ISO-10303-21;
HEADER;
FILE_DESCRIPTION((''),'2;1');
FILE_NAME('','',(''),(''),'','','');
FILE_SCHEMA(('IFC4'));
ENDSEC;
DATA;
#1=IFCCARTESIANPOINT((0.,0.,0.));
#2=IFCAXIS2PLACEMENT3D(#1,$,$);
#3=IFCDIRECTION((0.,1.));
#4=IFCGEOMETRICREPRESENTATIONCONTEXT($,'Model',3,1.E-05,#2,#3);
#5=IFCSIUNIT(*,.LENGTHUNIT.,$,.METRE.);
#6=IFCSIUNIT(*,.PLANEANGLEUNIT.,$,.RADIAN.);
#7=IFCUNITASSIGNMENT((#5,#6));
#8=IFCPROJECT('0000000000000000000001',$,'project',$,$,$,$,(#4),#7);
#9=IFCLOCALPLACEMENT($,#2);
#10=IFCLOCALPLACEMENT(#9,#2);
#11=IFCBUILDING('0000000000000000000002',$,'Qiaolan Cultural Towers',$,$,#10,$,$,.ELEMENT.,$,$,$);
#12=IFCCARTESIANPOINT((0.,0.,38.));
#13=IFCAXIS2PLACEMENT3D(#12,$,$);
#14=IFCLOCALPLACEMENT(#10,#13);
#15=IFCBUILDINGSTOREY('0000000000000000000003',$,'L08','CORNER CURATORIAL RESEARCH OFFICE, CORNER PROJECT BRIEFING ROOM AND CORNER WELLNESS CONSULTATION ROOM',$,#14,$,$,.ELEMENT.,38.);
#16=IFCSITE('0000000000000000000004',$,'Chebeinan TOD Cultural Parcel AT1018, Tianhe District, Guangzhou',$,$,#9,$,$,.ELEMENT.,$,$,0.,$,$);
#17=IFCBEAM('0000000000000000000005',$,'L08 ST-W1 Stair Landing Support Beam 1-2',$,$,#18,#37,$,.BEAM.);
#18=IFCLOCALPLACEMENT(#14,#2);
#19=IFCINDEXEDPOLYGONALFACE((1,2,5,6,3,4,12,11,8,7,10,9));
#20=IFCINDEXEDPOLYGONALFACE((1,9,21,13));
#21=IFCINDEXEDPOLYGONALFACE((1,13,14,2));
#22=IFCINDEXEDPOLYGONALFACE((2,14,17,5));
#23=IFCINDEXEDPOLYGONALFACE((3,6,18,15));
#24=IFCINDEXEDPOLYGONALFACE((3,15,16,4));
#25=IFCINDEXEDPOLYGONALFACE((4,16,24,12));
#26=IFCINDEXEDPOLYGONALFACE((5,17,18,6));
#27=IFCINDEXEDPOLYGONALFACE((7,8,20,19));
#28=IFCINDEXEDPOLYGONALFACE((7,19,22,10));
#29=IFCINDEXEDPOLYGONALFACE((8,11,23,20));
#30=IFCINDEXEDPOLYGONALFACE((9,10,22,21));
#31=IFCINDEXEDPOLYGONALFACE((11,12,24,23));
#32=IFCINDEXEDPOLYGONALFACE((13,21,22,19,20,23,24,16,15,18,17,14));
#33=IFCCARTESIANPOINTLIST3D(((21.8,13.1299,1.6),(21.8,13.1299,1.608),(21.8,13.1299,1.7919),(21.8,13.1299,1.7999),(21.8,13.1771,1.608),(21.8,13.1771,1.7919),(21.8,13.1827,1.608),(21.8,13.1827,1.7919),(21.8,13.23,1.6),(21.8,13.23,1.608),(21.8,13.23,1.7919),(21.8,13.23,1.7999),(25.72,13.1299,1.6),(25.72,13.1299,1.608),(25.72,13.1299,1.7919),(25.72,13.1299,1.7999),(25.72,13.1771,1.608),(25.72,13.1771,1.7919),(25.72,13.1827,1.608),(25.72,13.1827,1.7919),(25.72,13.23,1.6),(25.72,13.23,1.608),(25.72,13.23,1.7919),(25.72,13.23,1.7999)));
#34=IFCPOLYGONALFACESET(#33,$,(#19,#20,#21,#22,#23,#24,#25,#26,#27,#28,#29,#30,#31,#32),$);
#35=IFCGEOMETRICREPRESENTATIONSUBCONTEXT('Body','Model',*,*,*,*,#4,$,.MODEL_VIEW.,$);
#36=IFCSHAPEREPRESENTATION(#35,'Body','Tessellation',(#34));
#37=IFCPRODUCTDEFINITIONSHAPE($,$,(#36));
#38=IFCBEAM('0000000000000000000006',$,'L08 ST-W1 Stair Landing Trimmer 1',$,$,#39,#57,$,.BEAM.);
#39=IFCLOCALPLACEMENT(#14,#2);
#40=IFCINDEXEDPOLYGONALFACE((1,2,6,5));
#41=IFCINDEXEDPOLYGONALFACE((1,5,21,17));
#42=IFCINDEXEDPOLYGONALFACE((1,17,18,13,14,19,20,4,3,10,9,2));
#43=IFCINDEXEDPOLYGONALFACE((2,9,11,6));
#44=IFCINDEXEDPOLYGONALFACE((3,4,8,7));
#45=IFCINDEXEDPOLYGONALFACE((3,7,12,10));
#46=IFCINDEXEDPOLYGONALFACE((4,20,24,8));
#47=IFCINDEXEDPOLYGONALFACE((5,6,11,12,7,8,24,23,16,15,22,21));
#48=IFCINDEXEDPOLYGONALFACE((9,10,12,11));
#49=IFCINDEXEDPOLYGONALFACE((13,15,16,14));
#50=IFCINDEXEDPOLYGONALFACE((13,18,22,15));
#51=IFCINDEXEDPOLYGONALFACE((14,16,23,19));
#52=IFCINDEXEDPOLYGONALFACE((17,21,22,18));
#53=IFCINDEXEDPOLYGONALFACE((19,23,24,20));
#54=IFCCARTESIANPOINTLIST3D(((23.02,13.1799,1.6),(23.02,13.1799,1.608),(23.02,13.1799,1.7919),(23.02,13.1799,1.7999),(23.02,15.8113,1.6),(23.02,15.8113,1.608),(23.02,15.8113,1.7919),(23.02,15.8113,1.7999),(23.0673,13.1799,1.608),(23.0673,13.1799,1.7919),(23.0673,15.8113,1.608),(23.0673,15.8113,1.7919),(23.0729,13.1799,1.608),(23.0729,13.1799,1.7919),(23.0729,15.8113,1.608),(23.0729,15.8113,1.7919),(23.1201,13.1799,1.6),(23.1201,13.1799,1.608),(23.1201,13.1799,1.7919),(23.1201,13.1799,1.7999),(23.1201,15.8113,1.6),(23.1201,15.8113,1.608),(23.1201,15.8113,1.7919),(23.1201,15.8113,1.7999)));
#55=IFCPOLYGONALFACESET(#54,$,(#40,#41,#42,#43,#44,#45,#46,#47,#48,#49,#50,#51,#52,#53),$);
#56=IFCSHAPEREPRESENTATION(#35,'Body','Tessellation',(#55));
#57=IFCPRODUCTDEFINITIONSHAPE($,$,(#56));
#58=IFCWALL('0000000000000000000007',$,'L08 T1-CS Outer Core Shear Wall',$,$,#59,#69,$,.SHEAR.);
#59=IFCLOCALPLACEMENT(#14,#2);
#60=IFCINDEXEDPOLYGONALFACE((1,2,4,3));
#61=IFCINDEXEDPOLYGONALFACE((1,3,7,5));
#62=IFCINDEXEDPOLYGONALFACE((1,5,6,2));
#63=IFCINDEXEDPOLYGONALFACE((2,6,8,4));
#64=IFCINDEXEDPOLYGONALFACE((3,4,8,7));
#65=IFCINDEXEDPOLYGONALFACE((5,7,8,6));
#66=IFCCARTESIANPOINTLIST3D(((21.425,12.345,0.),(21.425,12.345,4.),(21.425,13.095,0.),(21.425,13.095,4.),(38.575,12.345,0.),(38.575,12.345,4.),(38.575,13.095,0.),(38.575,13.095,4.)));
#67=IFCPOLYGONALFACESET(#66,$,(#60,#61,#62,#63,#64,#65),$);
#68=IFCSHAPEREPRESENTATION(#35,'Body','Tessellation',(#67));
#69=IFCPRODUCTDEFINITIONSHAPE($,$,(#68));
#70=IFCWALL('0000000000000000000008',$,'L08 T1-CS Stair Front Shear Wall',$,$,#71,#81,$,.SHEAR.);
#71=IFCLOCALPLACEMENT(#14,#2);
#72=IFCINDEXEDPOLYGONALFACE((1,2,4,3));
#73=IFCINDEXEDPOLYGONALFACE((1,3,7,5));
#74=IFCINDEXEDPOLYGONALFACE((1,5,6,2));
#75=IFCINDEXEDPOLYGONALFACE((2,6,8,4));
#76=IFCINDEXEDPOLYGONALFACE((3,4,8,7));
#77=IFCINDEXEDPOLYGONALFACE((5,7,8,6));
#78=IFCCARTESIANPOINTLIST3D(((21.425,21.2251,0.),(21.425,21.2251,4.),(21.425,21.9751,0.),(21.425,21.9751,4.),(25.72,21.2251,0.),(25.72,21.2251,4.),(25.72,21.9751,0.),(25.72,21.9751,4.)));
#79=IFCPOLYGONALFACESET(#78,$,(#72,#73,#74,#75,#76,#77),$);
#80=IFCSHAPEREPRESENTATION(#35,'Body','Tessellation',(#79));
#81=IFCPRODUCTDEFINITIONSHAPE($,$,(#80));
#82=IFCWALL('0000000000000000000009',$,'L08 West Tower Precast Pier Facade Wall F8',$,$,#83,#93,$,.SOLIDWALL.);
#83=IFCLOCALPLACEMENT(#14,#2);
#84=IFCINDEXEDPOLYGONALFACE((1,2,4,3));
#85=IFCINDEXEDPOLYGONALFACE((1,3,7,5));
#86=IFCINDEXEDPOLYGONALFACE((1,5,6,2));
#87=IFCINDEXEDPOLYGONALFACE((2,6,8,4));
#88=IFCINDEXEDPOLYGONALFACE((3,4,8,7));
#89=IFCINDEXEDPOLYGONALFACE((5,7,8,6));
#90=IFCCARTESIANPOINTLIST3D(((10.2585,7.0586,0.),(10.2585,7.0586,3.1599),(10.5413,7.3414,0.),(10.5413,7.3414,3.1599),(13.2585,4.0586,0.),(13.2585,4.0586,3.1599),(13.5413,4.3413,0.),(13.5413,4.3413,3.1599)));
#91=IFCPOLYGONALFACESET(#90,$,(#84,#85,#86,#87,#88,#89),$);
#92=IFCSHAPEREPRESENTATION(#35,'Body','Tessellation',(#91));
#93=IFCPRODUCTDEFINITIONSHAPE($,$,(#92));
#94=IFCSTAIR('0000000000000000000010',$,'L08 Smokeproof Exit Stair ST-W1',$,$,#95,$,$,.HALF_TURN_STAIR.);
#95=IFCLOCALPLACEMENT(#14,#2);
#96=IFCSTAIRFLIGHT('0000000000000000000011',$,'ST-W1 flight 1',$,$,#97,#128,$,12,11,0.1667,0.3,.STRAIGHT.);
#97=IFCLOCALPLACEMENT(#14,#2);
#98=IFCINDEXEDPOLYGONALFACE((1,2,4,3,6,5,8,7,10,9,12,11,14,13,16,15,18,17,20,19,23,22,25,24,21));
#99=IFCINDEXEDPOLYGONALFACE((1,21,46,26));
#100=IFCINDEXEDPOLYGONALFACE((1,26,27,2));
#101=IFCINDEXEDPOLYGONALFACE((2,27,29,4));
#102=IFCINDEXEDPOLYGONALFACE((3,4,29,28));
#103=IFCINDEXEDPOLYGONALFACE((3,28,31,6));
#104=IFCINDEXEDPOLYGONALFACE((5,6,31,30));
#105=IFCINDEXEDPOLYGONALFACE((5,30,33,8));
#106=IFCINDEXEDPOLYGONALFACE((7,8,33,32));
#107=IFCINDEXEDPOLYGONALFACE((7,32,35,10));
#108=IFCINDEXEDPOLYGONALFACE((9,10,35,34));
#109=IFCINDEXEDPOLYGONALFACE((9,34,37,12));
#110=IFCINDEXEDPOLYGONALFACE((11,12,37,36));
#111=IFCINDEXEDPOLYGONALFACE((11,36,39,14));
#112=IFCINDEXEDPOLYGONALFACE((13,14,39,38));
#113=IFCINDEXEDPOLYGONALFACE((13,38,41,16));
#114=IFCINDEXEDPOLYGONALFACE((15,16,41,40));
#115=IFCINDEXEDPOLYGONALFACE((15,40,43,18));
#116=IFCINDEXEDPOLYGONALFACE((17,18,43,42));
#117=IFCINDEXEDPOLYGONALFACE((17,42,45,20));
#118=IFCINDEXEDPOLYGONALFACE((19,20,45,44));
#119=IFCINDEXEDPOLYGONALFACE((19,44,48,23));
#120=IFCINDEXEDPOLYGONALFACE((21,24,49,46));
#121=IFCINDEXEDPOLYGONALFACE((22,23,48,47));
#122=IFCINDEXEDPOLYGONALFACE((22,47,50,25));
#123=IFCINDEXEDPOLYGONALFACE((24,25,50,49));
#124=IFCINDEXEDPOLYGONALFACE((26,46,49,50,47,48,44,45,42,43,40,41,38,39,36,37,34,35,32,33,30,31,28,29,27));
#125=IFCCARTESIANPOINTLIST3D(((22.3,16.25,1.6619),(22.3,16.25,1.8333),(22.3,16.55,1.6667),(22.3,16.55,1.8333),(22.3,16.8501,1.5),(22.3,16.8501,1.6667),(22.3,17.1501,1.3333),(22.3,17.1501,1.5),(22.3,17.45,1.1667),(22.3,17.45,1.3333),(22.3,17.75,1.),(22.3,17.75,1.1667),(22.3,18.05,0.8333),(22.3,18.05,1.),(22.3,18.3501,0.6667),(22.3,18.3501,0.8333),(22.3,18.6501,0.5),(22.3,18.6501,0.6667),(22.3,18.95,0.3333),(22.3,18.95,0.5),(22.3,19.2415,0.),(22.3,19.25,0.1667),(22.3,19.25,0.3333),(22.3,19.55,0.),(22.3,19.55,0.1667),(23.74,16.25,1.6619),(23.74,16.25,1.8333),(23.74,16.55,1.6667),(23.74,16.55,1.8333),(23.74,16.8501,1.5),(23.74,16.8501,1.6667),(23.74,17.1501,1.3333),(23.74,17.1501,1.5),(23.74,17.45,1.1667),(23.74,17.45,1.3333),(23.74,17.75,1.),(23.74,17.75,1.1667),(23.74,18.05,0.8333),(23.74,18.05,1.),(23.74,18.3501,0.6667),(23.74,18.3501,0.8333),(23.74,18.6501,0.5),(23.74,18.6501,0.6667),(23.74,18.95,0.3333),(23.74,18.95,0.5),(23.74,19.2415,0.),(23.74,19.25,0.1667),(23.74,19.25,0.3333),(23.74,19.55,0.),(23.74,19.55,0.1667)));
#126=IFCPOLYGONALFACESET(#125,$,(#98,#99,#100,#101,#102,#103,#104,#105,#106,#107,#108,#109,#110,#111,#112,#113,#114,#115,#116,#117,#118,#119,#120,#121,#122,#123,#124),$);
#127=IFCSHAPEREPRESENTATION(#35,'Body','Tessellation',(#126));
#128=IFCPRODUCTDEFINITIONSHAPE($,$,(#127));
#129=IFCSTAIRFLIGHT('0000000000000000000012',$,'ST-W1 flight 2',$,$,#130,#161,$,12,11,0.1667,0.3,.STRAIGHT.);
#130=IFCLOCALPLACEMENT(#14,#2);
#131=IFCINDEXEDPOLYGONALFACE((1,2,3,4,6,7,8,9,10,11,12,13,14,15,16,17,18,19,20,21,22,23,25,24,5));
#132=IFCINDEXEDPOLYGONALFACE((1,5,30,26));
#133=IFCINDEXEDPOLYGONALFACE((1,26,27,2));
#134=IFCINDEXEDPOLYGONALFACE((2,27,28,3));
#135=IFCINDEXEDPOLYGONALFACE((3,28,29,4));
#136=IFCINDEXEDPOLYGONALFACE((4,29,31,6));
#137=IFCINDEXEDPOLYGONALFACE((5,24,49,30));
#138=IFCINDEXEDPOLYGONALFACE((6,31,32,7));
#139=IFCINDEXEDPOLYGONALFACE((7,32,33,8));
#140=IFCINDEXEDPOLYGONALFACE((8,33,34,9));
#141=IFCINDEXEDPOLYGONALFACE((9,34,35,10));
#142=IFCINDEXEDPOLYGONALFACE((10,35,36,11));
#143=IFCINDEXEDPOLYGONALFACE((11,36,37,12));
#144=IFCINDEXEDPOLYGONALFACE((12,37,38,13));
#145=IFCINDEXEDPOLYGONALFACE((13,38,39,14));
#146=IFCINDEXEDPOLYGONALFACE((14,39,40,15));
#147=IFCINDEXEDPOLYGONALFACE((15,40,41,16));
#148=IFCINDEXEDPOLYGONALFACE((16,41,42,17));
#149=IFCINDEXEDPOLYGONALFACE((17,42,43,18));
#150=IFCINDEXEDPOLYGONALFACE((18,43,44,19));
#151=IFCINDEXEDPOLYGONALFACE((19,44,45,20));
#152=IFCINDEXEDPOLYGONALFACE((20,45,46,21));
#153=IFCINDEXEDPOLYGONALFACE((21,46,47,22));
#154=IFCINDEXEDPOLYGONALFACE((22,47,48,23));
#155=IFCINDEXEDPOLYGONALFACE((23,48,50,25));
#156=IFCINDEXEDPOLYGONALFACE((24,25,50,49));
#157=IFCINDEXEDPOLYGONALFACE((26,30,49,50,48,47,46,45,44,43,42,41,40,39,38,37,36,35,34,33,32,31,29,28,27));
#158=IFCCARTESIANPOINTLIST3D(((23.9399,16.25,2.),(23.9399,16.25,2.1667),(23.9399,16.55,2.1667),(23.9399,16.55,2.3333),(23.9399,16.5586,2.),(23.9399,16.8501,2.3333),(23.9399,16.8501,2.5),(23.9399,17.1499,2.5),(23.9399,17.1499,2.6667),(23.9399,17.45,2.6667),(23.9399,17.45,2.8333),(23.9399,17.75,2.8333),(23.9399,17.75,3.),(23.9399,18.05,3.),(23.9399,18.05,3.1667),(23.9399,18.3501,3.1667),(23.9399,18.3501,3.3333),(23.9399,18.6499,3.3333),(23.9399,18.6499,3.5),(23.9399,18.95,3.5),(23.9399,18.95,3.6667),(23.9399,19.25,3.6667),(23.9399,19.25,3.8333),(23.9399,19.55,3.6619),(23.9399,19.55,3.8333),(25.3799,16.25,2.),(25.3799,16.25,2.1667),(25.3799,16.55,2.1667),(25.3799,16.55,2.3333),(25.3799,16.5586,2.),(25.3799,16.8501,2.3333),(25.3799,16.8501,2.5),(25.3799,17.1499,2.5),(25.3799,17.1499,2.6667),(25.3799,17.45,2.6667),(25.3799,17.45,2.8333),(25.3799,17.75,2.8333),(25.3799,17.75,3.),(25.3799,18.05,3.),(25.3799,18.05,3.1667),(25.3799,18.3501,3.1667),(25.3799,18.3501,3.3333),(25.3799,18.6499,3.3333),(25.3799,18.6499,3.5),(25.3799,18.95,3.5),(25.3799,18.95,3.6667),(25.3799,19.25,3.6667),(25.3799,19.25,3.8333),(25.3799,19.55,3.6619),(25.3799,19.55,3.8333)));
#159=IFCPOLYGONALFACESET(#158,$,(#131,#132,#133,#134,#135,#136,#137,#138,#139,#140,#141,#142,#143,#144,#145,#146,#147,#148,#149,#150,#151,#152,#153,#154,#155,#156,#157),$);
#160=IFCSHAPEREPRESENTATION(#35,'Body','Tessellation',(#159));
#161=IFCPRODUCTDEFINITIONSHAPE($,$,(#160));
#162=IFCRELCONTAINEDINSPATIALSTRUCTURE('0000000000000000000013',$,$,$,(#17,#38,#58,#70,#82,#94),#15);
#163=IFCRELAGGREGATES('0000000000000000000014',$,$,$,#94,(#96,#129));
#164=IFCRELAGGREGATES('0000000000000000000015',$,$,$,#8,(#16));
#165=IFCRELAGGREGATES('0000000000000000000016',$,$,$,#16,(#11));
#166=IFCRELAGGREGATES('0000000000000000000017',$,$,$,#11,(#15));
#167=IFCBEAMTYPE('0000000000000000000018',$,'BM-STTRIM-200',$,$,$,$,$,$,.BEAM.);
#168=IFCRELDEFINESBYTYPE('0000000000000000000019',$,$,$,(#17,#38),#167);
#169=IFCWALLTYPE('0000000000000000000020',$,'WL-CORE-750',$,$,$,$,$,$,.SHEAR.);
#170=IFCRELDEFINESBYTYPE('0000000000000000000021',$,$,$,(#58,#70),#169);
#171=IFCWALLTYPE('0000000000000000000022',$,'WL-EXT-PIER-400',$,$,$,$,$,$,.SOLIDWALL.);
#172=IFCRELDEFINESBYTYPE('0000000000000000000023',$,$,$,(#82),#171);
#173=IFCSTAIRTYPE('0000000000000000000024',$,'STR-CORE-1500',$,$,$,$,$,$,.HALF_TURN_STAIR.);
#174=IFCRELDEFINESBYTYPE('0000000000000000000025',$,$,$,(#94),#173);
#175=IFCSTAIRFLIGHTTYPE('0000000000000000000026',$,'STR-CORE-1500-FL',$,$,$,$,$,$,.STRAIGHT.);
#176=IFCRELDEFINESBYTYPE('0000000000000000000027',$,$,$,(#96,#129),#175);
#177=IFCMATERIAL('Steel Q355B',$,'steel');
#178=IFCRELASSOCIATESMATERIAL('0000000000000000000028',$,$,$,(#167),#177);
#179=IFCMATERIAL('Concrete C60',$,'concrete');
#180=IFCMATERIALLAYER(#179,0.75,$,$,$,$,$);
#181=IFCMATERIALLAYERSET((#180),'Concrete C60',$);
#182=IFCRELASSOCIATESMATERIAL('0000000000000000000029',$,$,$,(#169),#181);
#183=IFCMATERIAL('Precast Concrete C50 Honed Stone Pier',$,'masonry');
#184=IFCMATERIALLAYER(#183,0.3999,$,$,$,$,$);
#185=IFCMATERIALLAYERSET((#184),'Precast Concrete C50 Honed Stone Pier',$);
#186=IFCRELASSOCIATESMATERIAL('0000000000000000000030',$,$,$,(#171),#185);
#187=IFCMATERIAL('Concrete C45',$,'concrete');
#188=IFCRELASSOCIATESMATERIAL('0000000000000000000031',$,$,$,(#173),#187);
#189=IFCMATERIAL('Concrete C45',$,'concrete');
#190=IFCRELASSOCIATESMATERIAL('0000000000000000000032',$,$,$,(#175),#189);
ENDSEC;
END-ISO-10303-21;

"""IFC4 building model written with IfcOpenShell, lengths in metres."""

from ifc_helpers import new_model, si_unit, direction, frame, frame_2d, origin, origin_2d, place, context, subcontext, project, spatial, polyline, rectangle, i_section, outline, extrude, material, layer, layer_set, material_profile, profile_set, type_object, element, aggregate, save


model = new_model("IFC4")

# Units and contexts
model_context = context("Model", 3, precision=1e-05, world=origin(), true_north=direction((0.0, 1.0)))
body_context = subcontext(model_context, "Body", "Model", "MODEL_VIEW")
ifc_project = project(units=[si_unit("LENGTHUNIT", "METRE"), si_unit("PLANEANGLEUNIT", "RADIAN")], contexts=[model_context])

# Site, building, storey
site_placement = place(None, origin())
site = spatial("IfcSite", under=ifc_project, at=site_placement, Name="Chebeinan TOD Cultural Parcel AT1018, Tianhe District, Guangzhou", CompositionType="ELEMENT", RefElevation=0.0)
building_placement = place(site_placement, origin())
building = spatial("IfcBuilding", under=site, at=building_placement, Name="Qiaolan Cultural Towers", CompositionType="ELEMENT")
storey_placement = place(building_placement, frame((0.0, 0.0, 38.0)))
storey = spatial("IfcBuildingStorey", under=building, at=storey_placement, Name="L08", Description="CORNER CURATORIAL RESEARCH OFFICE, CORNER PROJECT BRIEFING ROOM AND CORNER WELLNESS CONSULTATION ROOM", CompositionType="ELEMENT", Elevation=38.0)

# Beams
ifc_material_1 = material(Name="Steel Q355B", Category="steel")
ifc_material_profile_1 = material_profile(ifc_material_1, i_section(OverallWidth=0.1001, OverallDepth=0.2, WebThickness=0.0056, FlangeThickness=0.0081, at=origin_2d()), Name="HN200x100x5.5x8")
ifc_profile_set_1 = profile_set([ifc_material_profile_1], Name="Steel Q355B")
beam_type_1 = type_object("IfcBeamType", Name="BM-STTRIM-200", PredefinedType="BEAM", material=ifc_profile_set_1)
for number, where, z_axis, x_axis, name in (
    (1, (21.8, 13.1799, 1.7), (1.0, 0.0, 0.0), (0.0, 1.0, 0.0), "L08 ST-W1 Stair Landing Support Beam 1-2"),
):
    element("IfcBeam", number, at=place(storey_placement, frame(where, z_axis=z_axis, x_axis=x_axis)), inside=storey, type_object=beam_type_1, Name=name, PredefinedType="BEAM", context=body_context, shape_type="SweptSolid", body=[
        extrude(i_section(OverallWidth=0.1001, OverallDepth=0.2, WebThickness=0.0056, FlangeThickness=0.0081, at=origin_2d()), origin(), (0.0, 0.0, 1.0), 3.9199),
    ])
beam_1_placement = place(storey_placement, frame((23.0701, 15.8113, 1.7), z_axis=(0.0, -1.0, 0.0), x_axis=(1.0, 0.0, 0.0)))
element("IfcBeam", 2, at=beam_1_placement, inside=storey, type_object=beam_type_1, Name="L08 ST-W1 Stair Landing Trimmer 1", PredefinedType="BEAM", context=body_context, shape_type="SweptSolid", body=[
    extrude(i_section(OverallWidth=0.1001, OverallDepth=0.2, WebThickness=0.0056, FlangeThickness=0.0081, at=origin_2d()), origin(), (0.0, 0.0, 1.0), 2.6313),
])

# Walls
ifc_material_2 = material(Name="Concrete C60", Category="concrete")
ifc_layer_1 = layer(ifc_material_2, 0.75)
ifc_layer_set_1 = layer_set([ifc_layer_1], Name="Concrete C60")
wall_type_1 = type_object("IfcWallType", Name="WL-CORE-750", PredefinedType="SHEAR", material=ifc_layer_set_1)
wall_1_placement = place(storey_placement, frame((21.425, 12.72, 0.0), z_axis=(0.0, 0.0, 1.0), x_axis=(1.0, 0.0, 0.0)))
element("IfcWall", 3, at=wall_1_placement, inside=storey, type_object=wall_type_1, Name="L08 T1-CS Outer Core Shear Wall", PredefinedType="SHEAR", context=body_context, shape_type="SweptSolid", body=[
    extrude(rectangle(XDim=17.1499, YDim=0.75, at=frame_2d((8.575, 0.0))), origin(), (0.0, 0.0, 1.0), 4.0),
])
wall_2_placement = place(storey_placement, frame((21.425, 21.6001, 0.0), z_axis=(0.0, 0.0, 1.0), x_axis=(1.0, 0.0, 0.0)))
element("IfcWall", 4, at=wall_2_placement, inside=storey, type_object=wall_type_1, Name="L08 T1-CS Stair Front Shear Wall", PredefinedType="SHEAR", context=body_context, shape_type="SweptSolid", body=[
    extrude(rectangle(XDim=4.2949, YDim=0.75, at=frame_2d((2.1475, 0.0))), origin(), (0.0, 0.0, 1.0), 4.0),
])
ifc_material_3 = material(Name="Precast Concrete C50 Honed Stone Pier", Category="masonry")
ifc_layer_2 = layer(ifc_material_3, 0.3999)
ifc_layer_set_2 = layer_set([ifc_layer_2], Name="Precast Concrete C50 Honed Stone Pier")
wall_type_2 = type_object("IfcWallType", Name="WL-EXT-PIER-400", PredefinedType="SOLIDWALL", material=ifc_layer_set_2)
wall_3_placement = place(storey_placement, frame((13.3999, 4.2, 0.0), z_axis=(0.0, 0.0, 1.0), x_axis=(-0.707107, 0.707107, 0.0)))
element("IfcWall", 5, at=wall_3_placement, inside=storey, type_object=wall_type_2, Name="L08 West Tower Precast Pier Facade Wall F8", PredefinedType="SOLIDWALL", context=body_context, shape_type="SweptSolid", body=[
    extrude(rectangle(XDim=4.2427, YDim=0.3999, at=frame_2d((2.1213, 0.0))), origin(), (0.0, 0.0, 1.0), 3.1599),
])

# Stair, stair flights
ifc_material_4 = material(Name="Concrete C45", Category="concrete")
stair_type = type_object("IfcStairType", Name="STR-CORE-1500", PredefinedType="HALF_TURN_STAIR", material=ifc_material_4)
stair_placement = place(storey_placement, origin())
stair = element("IfcStair", 6, at=stair_placement, inside=storey, type_object=stair_type, Name="L08 Smokeproof Exit Stair ST-W1", PredefinedType="HALF_TURN_STAIR")
ifc_material_5 = material(Name="Concrete C45", Category="concrete")
stair_flight_type = type_object("IfcStairFlightType", Name="STR-CORE-1500-FL", PredefinedType="STRAIGHT", material=ifc_material_5)
stair_flight_1_placement = place(storey_placement, frame((23.02, 19.55, 0.0), z_axis=(0.0, 0.0, 1.0), x_axis=(0.0, -1.0, 0.0)))
stair_flight_1 = element("IfcStairFlight", 7, at=stair_flight_1_placement, type_object=stair_flight_type, Name="ST-W1 flight 1", NumberOfRisers=12, NumberOfTreads=11, PredefinedType="STRAIGHT", RiserHeight=0.1667, TreadLength=0.3, context=body_context, shape_type="SweptSolid", body=[
    extrude(outline(polyline([(0.0, 0.0), (0.0, 0.1667), (0.3, 0.1667), (0.3, 0.3333), (0.6001, 0.3333), (0.6001, 0.5), (0.8999, 0.5), (0.8999, 0.6667), (1.2, 0.6667), (1.2, 0.8333), (1.5, 0.8333), (1.5, 1.0), (1.8, 1.0), (1.8, 1.1667), (2.1001, 1.1667), (2.1001, 1.3333), (2.3999, 1.3333), (2.3999, 1.5), (2.7, 1.5), (2.7, 1.6667), (3.0, 1.6667), (3.0, 1.8333), (3.3, 1.8333), (3.3, 2.0), (3.3, 1.6619), (0.3086, 0.0), (0.0, 0.0)])), frame((0.0, 0.72, 0.0), z_axis=(0.0, -1.0, 0.0), x_axis=(1.0, 0.0, 0.0)), (0.0, 0.0, 1.0), 1.4399),
])
stair_flight_2_placement = place(storey_placement, frame((24.6599, 16.25, 2.0), z_axis=(0.0, 0.0, 1.0), x_axis=(0.0, 1.0, 0.0)))
stair_flight_2 = element("IfcStairFlight", 8, at=stair_flight_2_placement, type_object=stair_flight_type, Name="ST-W1 flight 2", NumberOfRisers=12, NumberOfTreads=11, PredefinedType="STRAIGHT", RiserHeight=0.1667, TreadLength=0.3, context=body_context, shape_type="SweptSolid", body=[
    extrude(outline(polyline([(0.0, 0.0), (0.0, 0.1667), (0.3, 0.1667), (0.3, 0.3333), (0.6001, 0.3333), (0.6001, 0.5), (0.8999, 0.5), (0.8999, 0.6667), (1.2, 0.6667), (1.2, 0.8333), (1.5, 0.8333), (1.5, 1.0), (1.8, 1.0), (1.8, 1.1667), (2.1001, 1.1667), (2.1001, 1.3333), (2.3999, 1.3333), (2.3999, 1.5), (2.7, 1.5), (2.7, 1.6667), (3.0, 1.6667), (3.0, 1.8333), (3.3, 1.8333), (3.3, 2.0), (3.3, 1.6619), (0.3086, 0.0), (0.0, 0.0)])), frame((0.0, 0.72, 0.0), z_axis=(0.0, -1.0, 0.0), x_axis=(1.0, 0.0, 0.0)), (0.0, 0.0, 1.0), 1.4399),
])
aggregate(stair, [stair_flight_1, stair_flight_2])

save(model, "model.ifc")
